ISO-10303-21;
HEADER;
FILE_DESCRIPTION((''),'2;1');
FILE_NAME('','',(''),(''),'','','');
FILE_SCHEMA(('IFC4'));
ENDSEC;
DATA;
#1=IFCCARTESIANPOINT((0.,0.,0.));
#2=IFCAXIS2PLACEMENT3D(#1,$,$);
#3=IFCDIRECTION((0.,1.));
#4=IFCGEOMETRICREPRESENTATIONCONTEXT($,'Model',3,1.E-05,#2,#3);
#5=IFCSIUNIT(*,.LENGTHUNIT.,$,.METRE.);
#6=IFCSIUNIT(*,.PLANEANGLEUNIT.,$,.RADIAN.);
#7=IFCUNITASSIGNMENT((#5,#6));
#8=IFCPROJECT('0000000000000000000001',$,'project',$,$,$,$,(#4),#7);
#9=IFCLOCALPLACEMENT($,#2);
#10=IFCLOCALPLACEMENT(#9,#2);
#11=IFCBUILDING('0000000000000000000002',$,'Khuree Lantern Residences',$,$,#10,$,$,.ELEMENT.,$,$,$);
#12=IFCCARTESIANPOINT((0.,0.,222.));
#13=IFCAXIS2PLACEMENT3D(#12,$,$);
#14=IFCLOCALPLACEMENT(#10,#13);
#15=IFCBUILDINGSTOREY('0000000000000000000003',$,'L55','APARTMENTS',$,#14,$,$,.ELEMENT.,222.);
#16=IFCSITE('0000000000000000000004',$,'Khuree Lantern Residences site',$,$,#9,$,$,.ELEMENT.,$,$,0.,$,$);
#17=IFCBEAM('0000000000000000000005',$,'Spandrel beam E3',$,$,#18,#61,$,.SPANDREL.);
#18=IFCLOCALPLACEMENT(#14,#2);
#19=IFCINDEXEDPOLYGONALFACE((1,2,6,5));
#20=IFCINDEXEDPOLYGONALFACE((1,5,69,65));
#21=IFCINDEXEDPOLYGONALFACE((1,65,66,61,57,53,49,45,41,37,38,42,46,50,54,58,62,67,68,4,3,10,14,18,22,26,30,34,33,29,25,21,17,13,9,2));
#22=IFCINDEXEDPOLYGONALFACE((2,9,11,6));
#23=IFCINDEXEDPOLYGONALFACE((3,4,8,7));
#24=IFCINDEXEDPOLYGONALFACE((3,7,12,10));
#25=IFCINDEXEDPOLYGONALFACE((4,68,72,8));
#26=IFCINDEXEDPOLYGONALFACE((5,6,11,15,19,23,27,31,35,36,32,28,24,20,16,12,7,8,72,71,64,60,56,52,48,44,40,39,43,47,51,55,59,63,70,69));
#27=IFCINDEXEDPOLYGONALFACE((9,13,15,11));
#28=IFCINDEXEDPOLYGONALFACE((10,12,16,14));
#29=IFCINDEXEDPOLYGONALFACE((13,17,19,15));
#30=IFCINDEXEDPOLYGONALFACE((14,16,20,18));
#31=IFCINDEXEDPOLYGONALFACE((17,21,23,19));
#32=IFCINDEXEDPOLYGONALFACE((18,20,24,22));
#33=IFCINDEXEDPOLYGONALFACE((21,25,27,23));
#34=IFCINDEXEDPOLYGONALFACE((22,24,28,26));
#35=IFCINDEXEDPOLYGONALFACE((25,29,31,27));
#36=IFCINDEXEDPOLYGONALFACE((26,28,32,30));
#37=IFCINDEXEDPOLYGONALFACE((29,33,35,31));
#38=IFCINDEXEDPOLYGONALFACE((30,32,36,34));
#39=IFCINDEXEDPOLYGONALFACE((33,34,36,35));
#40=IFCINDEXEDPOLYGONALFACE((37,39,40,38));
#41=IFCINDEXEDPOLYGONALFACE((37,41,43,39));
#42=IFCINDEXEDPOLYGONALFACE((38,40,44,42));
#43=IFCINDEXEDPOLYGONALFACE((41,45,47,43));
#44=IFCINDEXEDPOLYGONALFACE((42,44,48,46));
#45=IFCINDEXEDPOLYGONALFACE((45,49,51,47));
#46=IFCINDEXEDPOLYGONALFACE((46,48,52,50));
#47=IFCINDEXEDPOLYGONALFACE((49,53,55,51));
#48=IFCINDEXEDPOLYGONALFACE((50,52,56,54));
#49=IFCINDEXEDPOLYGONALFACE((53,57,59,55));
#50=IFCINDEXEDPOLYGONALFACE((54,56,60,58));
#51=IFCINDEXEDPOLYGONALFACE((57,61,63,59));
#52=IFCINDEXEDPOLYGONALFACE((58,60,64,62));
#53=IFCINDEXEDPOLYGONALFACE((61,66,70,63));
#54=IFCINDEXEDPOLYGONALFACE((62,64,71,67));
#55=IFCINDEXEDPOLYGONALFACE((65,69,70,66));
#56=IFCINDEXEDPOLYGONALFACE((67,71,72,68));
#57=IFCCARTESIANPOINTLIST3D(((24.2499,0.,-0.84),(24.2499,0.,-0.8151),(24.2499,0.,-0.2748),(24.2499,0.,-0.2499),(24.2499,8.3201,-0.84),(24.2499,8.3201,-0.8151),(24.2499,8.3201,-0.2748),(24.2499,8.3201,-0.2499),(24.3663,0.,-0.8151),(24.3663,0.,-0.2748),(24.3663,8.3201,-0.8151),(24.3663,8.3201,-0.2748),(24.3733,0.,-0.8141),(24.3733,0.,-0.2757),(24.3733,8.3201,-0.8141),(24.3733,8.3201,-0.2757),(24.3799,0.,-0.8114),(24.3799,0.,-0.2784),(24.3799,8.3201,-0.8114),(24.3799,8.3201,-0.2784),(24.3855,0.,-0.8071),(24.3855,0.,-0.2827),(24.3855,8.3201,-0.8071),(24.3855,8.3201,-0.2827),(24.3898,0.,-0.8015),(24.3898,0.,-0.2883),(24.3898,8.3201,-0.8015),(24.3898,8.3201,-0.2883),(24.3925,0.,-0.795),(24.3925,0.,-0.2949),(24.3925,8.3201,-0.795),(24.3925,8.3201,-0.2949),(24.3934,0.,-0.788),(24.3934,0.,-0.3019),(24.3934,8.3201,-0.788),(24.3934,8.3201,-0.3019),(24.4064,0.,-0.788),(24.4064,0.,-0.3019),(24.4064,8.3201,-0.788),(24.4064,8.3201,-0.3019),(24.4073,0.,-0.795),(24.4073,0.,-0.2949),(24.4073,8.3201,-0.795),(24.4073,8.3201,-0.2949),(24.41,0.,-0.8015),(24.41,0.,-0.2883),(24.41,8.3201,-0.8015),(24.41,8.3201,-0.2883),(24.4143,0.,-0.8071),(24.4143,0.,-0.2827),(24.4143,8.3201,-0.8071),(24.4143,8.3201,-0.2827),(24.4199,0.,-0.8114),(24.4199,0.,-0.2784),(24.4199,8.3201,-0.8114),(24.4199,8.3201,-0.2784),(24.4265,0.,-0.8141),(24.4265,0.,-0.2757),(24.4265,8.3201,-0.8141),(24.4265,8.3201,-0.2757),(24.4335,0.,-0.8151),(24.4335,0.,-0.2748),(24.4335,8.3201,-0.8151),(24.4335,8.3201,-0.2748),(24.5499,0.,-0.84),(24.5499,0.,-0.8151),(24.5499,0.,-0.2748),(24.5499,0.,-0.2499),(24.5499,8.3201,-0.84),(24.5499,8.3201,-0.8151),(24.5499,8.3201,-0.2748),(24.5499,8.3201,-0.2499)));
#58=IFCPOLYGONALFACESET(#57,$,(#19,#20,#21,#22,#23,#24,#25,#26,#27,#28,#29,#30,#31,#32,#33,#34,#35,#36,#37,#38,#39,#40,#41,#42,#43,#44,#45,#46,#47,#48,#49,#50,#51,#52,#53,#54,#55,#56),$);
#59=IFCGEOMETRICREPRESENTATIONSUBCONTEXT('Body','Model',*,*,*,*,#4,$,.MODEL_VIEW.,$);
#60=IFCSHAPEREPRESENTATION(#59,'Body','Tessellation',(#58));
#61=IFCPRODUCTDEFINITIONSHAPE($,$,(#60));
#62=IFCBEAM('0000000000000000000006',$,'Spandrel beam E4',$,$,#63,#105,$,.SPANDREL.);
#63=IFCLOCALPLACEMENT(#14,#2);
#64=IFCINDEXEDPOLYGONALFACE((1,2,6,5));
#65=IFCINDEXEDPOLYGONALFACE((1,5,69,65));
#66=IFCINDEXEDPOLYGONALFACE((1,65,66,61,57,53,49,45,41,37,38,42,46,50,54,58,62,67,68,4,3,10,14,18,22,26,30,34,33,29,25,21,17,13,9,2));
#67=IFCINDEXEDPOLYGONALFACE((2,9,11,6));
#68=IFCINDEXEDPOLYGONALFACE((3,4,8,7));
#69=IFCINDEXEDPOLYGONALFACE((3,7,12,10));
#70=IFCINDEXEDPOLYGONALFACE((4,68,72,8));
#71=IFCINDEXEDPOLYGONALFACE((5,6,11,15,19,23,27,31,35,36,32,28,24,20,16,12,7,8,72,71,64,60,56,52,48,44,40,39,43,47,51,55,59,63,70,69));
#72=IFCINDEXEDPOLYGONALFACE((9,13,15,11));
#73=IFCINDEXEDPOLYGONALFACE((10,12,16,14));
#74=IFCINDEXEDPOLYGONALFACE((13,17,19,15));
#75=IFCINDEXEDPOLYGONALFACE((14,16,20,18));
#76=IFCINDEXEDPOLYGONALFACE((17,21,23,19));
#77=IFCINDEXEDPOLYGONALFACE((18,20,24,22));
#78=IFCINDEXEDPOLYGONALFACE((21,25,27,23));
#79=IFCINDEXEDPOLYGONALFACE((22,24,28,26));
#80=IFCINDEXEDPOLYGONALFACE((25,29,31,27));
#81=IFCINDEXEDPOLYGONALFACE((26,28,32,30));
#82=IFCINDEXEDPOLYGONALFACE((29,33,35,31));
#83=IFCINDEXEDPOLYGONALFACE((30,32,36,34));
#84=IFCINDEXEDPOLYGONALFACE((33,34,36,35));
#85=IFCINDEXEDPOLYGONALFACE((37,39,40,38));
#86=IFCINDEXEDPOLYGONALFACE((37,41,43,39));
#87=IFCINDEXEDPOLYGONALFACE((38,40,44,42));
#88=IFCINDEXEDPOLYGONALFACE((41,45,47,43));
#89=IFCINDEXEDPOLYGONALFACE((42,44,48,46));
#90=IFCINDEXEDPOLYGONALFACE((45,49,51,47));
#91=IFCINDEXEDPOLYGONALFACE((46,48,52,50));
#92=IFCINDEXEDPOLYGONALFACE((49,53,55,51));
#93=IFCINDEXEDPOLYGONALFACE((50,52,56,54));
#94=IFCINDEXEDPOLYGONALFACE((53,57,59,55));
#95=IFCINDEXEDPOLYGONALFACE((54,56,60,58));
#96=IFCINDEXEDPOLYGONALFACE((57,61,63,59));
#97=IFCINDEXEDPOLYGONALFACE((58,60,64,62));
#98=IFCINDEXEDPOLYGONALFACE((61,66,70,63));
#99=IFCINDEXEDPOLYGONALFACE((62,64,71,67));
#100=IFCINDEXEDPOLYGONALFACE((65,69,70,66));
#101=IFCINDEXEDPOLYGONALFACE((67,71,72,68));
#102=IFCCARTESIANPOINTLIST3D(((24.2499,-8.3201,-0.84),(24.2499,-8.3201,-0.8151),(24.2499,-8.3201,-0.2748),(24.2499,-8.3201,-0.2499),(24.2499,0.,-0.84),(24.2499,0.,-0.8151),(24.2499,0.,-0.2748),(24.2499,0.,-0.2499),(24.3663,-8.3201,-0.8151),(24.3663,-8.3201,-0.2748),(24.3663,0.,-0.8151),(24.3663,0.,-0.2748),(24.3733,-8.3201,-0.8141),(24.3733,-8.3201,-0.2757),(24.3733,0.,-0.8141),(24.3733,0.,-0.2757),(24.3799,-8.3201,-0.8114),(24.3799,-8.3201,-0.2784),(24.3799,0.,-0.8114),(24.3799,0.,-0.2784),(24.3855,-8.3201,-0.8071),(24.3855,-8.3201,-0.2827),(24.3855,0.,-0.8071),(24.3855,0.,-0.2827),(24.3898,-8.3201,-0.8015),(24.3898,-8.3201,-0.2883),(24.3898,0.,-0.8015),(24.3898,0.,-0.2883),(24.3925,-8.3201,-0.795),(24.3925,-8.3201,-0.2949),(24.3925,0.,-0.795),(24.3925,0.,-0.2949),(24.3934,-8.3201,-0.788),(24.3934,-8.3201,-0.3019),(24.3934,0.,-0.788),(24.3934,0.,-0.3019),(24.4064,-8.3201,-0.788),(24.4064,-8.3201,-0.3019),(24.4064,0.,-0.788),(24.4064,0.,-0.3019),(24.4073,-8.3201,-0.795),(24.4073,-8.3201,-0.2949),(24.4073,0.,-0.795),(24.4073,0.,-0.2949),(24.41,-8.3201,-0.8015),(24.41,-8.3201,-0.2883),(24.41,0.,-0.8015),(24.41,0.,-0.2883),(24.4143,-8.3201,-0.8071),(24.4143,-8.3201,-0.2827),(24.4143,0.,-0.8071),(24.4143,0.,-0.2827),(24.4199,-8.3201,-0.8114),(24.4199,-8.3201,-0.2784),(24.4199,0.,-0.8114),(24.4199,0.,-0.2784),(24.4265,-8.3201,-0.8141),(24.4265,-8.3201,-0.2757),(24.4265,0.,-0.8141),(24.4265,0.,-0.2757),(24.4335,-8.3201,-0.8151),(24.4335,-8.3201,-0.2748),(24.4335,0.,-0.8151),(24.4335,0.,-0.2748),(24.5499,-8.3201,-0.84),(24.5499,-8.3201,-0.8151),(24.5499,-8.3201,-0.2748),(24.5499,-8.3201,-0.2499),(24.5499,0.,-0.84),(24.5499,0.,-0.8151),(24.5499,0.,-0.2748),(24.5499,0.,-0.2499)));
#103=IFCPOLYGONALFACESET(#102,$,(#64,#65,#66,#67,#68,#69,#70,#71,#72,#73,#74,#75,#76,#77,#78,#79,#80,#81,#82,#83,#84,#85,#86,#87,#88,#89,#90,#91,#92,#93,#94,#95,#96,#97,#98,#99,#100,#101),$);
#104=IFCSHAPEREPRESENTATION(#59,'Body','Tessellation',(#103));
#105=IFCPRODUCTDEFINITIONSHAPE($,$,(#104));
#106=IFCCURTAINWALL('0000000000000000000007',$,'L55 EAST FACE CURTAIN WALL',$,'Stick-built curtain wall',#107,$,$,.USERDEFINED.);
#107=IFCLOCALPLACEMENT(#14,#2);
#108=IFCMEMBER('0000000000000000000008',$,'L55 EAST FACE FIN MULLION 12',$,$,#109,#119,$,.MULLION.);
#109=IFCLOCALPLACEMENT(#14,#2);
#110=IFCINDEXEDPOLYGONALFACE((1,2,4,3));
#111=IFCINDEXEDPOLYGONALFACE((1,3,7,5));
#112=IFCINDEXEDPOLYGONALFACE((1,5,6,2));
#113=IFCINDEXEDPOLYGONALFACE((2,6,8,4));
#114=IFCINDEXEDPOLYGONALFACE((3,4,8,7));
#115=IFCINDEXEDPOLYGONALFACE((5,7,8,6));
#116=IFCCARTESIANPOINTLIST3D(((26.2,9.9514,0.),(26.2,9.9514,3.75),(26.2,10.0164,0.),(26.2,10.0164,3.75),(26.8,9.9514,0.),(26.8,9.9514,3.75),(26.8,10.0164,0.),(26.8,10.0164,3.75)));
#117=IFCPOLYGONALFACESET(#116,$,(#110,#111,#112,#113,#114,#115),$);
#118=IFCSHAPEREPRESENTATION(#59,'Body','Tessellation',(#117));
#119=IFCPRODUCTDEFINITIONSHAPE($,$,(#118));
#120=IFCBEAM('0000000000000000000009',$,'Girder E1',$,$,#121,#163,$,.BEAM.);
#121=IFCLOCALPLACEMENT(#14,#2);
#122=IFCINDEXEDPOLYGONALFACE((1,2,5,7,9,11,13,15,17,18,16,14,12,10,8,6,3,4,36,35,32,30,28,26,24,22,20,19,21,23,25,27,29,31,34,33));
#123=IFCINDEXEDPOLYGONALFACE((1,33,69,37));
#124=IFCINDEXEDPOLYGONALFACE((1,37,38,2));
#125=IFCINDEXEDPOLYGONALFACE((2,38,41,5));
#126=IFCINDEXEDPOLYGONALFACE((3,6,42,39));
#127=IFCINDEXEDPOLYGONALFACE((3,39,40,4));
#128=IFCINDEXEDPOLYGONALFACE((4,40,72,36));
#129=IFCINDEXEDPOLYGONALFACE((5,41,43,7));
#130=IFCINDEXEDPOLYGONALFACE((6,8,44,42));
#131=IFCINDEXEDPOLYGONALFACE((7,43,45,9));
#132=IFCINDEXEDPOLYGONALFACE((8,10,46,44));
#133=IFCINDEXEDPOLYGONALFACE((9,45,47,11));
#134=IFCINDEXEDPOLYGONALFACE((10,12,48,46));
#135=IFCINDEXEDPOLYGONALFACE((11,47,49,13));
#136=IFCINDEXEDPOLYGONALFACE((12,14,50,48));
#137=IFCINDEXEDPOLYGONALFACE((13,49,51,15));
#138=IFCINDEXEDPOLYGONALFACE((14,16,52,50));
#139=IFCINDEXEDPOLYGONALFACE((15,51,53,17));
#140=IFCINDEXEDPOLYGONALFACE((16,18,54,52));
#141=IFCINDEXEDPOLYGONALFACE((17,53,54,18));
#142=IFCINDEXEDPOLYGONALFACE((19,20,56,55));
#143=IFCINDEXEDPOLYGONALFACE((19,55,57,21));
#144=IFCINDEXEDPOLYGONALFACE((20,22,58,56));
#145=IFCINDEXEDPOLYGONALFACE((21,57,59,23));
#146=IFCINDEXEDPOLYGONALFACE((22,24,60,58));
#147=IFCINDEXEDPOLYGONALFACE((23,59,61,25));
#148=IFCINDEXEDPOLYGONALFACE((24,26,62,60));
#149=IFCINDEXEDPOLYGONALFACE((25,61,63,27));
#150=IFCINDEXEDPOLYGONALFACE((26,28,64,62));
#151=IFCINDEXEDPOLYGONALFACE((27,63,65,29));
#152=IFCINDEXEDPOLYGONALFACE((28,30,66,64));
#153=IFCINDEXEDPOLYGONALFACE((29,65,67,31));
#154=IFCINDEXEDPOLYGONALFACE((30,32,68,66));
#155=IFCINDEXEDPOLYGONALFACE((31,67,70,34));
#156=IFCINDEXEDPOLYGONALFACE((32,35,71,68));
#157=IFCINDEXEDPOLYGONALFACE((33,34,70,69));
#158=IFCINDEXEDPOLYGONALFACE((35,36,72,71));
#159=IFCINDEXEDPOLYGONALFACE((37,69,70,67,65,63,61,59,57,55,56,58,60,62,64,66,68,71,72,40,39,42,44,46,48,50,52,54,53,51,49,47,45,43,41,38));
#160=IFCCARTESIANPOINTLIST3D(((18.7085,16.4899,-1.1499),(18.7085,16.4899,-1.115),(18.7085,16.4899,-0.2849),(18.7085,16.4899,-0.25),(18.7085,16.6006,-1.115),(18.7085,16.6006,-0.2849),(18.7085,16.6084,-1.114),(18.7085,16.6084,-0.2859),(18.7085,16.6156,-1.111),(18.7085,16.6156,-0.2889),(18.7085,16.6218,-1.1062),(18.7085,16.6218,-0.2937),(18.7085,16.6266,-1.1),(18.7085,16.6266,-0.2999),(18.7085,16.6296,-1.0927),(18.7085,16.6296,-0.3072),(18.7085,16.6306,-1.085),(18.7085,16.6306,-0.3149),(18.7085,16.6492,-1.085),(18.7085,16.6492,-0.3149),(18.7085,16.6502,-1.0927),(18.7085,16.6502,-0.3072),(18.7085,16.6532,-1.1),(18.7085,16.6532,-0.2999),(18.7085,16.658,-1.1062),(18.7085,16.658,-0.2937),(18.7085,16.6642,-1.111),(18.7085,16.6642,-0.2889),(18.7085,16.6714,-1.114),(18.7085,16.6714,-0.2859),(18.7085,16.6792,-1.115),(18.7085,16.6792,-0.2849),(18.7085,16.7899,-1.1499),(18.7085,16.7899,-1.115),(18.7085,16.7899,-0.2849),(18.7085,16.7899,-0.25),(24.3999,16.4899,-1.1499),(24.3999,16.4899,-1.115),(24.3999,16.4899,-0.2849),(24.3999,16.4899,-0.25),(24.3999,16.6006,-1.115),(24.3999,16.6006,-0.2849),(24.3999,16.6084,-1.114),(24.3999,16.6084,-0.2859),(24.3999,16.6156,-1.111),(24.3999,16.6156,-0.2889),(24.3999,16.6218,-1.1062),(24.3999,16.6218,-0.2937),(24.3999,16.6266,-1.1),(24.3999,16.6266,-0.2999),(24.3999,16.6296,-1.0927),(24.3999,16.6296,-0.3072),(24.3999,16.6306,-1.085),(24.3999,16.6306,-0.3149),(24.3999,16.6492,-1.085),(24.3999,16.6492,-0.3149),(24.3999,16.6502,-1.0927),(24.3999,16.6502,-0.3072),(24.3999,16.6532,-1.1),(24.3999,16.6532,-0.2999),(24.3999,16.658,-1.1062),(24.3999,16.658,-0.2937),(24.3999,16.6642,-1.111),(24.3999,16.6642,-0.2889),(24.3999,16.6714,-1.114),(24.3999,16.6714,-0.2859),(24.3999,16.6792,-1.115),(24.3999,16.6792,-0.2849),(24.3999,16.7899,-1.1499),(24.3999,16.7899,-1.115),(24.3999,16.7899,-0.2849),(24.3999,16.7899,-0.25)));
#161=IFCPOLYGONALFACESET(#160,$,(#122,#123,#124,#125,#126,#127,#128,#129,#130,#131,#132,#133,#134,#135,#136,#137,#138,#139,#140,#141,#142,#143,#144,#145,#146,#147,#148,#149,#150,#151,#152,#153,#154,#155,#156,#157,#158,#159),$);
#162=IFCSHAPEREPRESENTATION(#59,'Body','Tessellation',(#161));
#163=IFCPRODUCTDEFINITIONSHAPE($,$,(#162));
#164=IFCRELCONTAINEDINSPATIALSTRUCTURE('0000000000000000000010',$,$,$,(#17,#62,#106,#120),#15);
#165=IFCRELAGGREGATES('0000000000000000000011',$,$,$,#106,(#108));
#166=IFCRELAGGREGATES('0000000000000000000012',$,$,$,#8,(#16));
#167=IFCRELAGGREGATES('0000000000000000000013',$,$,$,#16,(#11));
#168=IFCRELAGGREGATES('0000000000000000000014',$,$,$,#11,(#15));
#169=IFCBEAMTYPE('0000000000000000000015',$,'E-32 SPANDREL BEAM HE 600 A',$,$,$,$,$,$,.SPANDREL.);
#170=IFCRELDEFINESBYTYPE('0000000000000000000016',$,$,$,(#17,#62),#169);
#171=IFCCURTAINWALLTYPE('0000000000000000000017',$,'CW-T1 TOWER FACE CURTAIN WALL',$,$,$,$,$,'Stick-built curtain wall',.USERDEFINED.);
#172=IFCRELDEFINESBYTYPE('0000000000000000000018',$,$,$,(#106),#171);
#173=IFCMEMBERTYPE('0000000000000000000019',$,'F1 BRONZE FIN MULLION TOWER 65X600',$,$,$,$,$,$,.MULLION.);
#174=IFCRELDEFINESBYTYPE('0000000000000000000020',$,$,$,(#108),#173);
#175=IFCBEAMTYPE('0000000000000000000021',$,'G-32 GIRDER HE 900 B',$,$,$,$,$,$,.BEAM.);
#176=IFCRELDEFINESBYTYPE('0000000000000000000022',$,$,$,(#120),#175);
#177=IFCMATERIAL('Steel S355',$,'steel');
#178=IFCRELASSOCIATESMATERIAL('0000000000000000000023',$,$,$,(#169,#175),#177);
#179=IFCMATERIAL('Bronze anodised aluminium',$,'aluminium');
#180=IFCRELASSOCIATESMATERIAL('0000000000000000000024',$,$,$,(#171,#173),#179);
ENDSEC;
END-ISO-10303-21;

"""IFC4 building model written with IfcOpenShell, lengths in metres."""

from ifc_helpers import new_model, si_unit, direction, frame, origin, origin_2d, place, context, subcontext, project, spatial, rectangle, i_section, extrude, material, material_profile, profile_set, type_object, element, aggregate, save


model = new_model("IFC4")

# Units and contexts
model_context = context("Model", 3, precision=1e-05, world=origin(), true_north=direction((0.0, 1.0)))
body_context = subcontext(model_context, "Body", "Model", "MODEL_VIEW")
ifc_project = project(units=[si_unit("LENGTHUNIT", "METRE"), si_unit("PLANEANGLEUNIT", "RADIAN")], contexts=[model_context])

# Site, building, storey
site_placement = place(None, origin())
site = spatial("IfcSite", under=ifc_project, at=site_placement, Name="Khuree Lantern Residences site", CompositionType="ELEMENT", RefElevation=0.0)
building_placement = place(site_placement, origin())
building = spatial("IfcBuilding", under=site, at=building_placement, Name="Khuree Lantern Residences", CompositionType="ELEMENT")
storey_placement = place(building_placement, frame((0.0, 0.0, 222.0)))
storey = spatial("IfcBuildingStorey", under=building, at=storey_placement, Name="L55", Description="APARTMENTS", CompositionType="ELEMENT", Elevation=222.0)

# Beams
ifc_material_1 = material(Name="Steel S355", Category="steel")
ifc_material_profile_1 = material_profile(ifc_material_1, i_section(OverallWidth=0.3, OverallDepth=0.5901, WebThickness=0.0129, FlangeThickness=0.0249, FilletRadius=0.0271, at=origin_2d()), Name="HE 600 A")
ifc_profile_set_1 = profile_set([ifc_material_profile_1], Name="Steel S355")
beam_type_1 = type_object("IfcBeamType", Name="E-32 SPANDREL BEAM HE 600 A", PredefinedType="SPANDREL", material=ifc_profile_set_1)
for number, where, z_axis, x_axis, name in (
    (1, (24.3999, 8.3201, -0.5449), (0.0, -1.0, 0.0), (1.0, 0.0, 0.0), "Spandrel beam E3"),
    (2, (24.3999, 0.0, -0.5449), (0.0, -1.0, 0.0), (1.0, 0.0, 0.0), "Spandrel beam E4"),
):
    element("IfcBeam", number, at=place(storey_placement, frame(where, z_axis=z_axis, x_axis=x_axis)), inside=storey, type_object=beam_type_1, Name=name, PredefinedType="SPANDREL", context=body_context, shape_type="SweptSolid", body=[
        extrude(i_section(OverallWidth=0.3, OverallDepth=0.5901, WebThickness=0.0129, FlangeThickness=0.0249, FilletRadius=0.0271, at=origin_2d()), origin(), (0.0, 0.0, 1.0), 8.3201),
    ])

# Curtain wall, member
ifc_material_2 = material(Name="Bronze anodised aluminium", Category="aluminium")
curtain_wall_type = type_object("IfcCurtainWallType", Name="CW-T1 TOWER FACE CURTAIN WALL", ElementType="Stick-built curtain wall", PredefinedType="USERDEFINED", material=ifc_material_2)
curtain_wall_placement = place(storey_placement, origin())
curtain_wall = element("IfcCurtainWall", 3, at=curtain_wall_placement, inside=storey, type_object=curtain_wall_type, Name="L55 EAST FACE CURTAIN WALL", ObjectType="Stick-built curtain wall", PredefinedType="USERDEFINED")
ifc_material_profile_2 = material_profile(ifc_material_2, rectangle(XDim=0.0649, YDim=0.6001, at=origin_2d()), Name="F1 65X600")
ifc_profile_set_2 = profile_set([ifc_material_profile_2], Name="Bronze anodised aluminium")
member_type_1 = type_object("IfcMemberType", Name="F1 BRONZE FIN MULLION TOWER 65X600", PredefinedType="MULLION", material=ifc_profile_set_2)
member_1_placement = place(storey_placement, frame((26.5, 9.9839, 0.0), z_axis=(0.0, 0.0, 1.0), x_axis=(0.0, 1.0, 0.0)))
member_1 = element("IfcMember", 4, at=member_1_placement, type_object=member_type_1, Name="L55 EAST FACE FIN MULLION 12", PredefinedType="MULLION", context=body_context, shape_type="SweptSolid", body=[
    extrude(rectangle(XDim=0.0649, YDim=0.6001, at=origin_2d()), origin(), (0.0, 0.0, 1.0), 3.75),
])

# Beam
ifc_material_profile_3 = material_profile(ifc_material_1, i_section(OverallWidth=0.3, OverallDepth=0.8999, WebThickness=0.0186, FlangeThickness=0.0349, FilletRadius=0.03, at=origin_2d()), Name="HE 900 B")
ifc_profile_set_3 = profile_set([ifc_material_profile_3], Name="Steel S355")
beam_type_2 = type_object("IfcBeamType", Name="G-32 GIRDER HE 900 B", PredefinedType="BEAM", material=ifc_profile_set_3)
beam_1_placement = place(storey_placement, frame((24.3999, 16.6399, -0.7), z_axis=(-1.0, 0.0, 0.0), x_axis=(0.0, -1.0, 0.0)))
element("IfcBeam", 5, at=beam_1_placement, inside=storey, type_object=beam_type_2, Name="Girder E1", PredefinedType="BEAM", context=body_context, shape_type="SweptSolid", body=[
    extrude(i_section(OverallWidth=0.3, OverallDepth=0.8999, WebThickness=0.0186, FlangeThickness=0.0349, FilletRadius=0.03, at=origin_2d()), origin(), (0.0, 0.0, 1.0), 5.6914),
])

aggregate(curtain_wall, [member_1])

save(model, "model.ifc")
